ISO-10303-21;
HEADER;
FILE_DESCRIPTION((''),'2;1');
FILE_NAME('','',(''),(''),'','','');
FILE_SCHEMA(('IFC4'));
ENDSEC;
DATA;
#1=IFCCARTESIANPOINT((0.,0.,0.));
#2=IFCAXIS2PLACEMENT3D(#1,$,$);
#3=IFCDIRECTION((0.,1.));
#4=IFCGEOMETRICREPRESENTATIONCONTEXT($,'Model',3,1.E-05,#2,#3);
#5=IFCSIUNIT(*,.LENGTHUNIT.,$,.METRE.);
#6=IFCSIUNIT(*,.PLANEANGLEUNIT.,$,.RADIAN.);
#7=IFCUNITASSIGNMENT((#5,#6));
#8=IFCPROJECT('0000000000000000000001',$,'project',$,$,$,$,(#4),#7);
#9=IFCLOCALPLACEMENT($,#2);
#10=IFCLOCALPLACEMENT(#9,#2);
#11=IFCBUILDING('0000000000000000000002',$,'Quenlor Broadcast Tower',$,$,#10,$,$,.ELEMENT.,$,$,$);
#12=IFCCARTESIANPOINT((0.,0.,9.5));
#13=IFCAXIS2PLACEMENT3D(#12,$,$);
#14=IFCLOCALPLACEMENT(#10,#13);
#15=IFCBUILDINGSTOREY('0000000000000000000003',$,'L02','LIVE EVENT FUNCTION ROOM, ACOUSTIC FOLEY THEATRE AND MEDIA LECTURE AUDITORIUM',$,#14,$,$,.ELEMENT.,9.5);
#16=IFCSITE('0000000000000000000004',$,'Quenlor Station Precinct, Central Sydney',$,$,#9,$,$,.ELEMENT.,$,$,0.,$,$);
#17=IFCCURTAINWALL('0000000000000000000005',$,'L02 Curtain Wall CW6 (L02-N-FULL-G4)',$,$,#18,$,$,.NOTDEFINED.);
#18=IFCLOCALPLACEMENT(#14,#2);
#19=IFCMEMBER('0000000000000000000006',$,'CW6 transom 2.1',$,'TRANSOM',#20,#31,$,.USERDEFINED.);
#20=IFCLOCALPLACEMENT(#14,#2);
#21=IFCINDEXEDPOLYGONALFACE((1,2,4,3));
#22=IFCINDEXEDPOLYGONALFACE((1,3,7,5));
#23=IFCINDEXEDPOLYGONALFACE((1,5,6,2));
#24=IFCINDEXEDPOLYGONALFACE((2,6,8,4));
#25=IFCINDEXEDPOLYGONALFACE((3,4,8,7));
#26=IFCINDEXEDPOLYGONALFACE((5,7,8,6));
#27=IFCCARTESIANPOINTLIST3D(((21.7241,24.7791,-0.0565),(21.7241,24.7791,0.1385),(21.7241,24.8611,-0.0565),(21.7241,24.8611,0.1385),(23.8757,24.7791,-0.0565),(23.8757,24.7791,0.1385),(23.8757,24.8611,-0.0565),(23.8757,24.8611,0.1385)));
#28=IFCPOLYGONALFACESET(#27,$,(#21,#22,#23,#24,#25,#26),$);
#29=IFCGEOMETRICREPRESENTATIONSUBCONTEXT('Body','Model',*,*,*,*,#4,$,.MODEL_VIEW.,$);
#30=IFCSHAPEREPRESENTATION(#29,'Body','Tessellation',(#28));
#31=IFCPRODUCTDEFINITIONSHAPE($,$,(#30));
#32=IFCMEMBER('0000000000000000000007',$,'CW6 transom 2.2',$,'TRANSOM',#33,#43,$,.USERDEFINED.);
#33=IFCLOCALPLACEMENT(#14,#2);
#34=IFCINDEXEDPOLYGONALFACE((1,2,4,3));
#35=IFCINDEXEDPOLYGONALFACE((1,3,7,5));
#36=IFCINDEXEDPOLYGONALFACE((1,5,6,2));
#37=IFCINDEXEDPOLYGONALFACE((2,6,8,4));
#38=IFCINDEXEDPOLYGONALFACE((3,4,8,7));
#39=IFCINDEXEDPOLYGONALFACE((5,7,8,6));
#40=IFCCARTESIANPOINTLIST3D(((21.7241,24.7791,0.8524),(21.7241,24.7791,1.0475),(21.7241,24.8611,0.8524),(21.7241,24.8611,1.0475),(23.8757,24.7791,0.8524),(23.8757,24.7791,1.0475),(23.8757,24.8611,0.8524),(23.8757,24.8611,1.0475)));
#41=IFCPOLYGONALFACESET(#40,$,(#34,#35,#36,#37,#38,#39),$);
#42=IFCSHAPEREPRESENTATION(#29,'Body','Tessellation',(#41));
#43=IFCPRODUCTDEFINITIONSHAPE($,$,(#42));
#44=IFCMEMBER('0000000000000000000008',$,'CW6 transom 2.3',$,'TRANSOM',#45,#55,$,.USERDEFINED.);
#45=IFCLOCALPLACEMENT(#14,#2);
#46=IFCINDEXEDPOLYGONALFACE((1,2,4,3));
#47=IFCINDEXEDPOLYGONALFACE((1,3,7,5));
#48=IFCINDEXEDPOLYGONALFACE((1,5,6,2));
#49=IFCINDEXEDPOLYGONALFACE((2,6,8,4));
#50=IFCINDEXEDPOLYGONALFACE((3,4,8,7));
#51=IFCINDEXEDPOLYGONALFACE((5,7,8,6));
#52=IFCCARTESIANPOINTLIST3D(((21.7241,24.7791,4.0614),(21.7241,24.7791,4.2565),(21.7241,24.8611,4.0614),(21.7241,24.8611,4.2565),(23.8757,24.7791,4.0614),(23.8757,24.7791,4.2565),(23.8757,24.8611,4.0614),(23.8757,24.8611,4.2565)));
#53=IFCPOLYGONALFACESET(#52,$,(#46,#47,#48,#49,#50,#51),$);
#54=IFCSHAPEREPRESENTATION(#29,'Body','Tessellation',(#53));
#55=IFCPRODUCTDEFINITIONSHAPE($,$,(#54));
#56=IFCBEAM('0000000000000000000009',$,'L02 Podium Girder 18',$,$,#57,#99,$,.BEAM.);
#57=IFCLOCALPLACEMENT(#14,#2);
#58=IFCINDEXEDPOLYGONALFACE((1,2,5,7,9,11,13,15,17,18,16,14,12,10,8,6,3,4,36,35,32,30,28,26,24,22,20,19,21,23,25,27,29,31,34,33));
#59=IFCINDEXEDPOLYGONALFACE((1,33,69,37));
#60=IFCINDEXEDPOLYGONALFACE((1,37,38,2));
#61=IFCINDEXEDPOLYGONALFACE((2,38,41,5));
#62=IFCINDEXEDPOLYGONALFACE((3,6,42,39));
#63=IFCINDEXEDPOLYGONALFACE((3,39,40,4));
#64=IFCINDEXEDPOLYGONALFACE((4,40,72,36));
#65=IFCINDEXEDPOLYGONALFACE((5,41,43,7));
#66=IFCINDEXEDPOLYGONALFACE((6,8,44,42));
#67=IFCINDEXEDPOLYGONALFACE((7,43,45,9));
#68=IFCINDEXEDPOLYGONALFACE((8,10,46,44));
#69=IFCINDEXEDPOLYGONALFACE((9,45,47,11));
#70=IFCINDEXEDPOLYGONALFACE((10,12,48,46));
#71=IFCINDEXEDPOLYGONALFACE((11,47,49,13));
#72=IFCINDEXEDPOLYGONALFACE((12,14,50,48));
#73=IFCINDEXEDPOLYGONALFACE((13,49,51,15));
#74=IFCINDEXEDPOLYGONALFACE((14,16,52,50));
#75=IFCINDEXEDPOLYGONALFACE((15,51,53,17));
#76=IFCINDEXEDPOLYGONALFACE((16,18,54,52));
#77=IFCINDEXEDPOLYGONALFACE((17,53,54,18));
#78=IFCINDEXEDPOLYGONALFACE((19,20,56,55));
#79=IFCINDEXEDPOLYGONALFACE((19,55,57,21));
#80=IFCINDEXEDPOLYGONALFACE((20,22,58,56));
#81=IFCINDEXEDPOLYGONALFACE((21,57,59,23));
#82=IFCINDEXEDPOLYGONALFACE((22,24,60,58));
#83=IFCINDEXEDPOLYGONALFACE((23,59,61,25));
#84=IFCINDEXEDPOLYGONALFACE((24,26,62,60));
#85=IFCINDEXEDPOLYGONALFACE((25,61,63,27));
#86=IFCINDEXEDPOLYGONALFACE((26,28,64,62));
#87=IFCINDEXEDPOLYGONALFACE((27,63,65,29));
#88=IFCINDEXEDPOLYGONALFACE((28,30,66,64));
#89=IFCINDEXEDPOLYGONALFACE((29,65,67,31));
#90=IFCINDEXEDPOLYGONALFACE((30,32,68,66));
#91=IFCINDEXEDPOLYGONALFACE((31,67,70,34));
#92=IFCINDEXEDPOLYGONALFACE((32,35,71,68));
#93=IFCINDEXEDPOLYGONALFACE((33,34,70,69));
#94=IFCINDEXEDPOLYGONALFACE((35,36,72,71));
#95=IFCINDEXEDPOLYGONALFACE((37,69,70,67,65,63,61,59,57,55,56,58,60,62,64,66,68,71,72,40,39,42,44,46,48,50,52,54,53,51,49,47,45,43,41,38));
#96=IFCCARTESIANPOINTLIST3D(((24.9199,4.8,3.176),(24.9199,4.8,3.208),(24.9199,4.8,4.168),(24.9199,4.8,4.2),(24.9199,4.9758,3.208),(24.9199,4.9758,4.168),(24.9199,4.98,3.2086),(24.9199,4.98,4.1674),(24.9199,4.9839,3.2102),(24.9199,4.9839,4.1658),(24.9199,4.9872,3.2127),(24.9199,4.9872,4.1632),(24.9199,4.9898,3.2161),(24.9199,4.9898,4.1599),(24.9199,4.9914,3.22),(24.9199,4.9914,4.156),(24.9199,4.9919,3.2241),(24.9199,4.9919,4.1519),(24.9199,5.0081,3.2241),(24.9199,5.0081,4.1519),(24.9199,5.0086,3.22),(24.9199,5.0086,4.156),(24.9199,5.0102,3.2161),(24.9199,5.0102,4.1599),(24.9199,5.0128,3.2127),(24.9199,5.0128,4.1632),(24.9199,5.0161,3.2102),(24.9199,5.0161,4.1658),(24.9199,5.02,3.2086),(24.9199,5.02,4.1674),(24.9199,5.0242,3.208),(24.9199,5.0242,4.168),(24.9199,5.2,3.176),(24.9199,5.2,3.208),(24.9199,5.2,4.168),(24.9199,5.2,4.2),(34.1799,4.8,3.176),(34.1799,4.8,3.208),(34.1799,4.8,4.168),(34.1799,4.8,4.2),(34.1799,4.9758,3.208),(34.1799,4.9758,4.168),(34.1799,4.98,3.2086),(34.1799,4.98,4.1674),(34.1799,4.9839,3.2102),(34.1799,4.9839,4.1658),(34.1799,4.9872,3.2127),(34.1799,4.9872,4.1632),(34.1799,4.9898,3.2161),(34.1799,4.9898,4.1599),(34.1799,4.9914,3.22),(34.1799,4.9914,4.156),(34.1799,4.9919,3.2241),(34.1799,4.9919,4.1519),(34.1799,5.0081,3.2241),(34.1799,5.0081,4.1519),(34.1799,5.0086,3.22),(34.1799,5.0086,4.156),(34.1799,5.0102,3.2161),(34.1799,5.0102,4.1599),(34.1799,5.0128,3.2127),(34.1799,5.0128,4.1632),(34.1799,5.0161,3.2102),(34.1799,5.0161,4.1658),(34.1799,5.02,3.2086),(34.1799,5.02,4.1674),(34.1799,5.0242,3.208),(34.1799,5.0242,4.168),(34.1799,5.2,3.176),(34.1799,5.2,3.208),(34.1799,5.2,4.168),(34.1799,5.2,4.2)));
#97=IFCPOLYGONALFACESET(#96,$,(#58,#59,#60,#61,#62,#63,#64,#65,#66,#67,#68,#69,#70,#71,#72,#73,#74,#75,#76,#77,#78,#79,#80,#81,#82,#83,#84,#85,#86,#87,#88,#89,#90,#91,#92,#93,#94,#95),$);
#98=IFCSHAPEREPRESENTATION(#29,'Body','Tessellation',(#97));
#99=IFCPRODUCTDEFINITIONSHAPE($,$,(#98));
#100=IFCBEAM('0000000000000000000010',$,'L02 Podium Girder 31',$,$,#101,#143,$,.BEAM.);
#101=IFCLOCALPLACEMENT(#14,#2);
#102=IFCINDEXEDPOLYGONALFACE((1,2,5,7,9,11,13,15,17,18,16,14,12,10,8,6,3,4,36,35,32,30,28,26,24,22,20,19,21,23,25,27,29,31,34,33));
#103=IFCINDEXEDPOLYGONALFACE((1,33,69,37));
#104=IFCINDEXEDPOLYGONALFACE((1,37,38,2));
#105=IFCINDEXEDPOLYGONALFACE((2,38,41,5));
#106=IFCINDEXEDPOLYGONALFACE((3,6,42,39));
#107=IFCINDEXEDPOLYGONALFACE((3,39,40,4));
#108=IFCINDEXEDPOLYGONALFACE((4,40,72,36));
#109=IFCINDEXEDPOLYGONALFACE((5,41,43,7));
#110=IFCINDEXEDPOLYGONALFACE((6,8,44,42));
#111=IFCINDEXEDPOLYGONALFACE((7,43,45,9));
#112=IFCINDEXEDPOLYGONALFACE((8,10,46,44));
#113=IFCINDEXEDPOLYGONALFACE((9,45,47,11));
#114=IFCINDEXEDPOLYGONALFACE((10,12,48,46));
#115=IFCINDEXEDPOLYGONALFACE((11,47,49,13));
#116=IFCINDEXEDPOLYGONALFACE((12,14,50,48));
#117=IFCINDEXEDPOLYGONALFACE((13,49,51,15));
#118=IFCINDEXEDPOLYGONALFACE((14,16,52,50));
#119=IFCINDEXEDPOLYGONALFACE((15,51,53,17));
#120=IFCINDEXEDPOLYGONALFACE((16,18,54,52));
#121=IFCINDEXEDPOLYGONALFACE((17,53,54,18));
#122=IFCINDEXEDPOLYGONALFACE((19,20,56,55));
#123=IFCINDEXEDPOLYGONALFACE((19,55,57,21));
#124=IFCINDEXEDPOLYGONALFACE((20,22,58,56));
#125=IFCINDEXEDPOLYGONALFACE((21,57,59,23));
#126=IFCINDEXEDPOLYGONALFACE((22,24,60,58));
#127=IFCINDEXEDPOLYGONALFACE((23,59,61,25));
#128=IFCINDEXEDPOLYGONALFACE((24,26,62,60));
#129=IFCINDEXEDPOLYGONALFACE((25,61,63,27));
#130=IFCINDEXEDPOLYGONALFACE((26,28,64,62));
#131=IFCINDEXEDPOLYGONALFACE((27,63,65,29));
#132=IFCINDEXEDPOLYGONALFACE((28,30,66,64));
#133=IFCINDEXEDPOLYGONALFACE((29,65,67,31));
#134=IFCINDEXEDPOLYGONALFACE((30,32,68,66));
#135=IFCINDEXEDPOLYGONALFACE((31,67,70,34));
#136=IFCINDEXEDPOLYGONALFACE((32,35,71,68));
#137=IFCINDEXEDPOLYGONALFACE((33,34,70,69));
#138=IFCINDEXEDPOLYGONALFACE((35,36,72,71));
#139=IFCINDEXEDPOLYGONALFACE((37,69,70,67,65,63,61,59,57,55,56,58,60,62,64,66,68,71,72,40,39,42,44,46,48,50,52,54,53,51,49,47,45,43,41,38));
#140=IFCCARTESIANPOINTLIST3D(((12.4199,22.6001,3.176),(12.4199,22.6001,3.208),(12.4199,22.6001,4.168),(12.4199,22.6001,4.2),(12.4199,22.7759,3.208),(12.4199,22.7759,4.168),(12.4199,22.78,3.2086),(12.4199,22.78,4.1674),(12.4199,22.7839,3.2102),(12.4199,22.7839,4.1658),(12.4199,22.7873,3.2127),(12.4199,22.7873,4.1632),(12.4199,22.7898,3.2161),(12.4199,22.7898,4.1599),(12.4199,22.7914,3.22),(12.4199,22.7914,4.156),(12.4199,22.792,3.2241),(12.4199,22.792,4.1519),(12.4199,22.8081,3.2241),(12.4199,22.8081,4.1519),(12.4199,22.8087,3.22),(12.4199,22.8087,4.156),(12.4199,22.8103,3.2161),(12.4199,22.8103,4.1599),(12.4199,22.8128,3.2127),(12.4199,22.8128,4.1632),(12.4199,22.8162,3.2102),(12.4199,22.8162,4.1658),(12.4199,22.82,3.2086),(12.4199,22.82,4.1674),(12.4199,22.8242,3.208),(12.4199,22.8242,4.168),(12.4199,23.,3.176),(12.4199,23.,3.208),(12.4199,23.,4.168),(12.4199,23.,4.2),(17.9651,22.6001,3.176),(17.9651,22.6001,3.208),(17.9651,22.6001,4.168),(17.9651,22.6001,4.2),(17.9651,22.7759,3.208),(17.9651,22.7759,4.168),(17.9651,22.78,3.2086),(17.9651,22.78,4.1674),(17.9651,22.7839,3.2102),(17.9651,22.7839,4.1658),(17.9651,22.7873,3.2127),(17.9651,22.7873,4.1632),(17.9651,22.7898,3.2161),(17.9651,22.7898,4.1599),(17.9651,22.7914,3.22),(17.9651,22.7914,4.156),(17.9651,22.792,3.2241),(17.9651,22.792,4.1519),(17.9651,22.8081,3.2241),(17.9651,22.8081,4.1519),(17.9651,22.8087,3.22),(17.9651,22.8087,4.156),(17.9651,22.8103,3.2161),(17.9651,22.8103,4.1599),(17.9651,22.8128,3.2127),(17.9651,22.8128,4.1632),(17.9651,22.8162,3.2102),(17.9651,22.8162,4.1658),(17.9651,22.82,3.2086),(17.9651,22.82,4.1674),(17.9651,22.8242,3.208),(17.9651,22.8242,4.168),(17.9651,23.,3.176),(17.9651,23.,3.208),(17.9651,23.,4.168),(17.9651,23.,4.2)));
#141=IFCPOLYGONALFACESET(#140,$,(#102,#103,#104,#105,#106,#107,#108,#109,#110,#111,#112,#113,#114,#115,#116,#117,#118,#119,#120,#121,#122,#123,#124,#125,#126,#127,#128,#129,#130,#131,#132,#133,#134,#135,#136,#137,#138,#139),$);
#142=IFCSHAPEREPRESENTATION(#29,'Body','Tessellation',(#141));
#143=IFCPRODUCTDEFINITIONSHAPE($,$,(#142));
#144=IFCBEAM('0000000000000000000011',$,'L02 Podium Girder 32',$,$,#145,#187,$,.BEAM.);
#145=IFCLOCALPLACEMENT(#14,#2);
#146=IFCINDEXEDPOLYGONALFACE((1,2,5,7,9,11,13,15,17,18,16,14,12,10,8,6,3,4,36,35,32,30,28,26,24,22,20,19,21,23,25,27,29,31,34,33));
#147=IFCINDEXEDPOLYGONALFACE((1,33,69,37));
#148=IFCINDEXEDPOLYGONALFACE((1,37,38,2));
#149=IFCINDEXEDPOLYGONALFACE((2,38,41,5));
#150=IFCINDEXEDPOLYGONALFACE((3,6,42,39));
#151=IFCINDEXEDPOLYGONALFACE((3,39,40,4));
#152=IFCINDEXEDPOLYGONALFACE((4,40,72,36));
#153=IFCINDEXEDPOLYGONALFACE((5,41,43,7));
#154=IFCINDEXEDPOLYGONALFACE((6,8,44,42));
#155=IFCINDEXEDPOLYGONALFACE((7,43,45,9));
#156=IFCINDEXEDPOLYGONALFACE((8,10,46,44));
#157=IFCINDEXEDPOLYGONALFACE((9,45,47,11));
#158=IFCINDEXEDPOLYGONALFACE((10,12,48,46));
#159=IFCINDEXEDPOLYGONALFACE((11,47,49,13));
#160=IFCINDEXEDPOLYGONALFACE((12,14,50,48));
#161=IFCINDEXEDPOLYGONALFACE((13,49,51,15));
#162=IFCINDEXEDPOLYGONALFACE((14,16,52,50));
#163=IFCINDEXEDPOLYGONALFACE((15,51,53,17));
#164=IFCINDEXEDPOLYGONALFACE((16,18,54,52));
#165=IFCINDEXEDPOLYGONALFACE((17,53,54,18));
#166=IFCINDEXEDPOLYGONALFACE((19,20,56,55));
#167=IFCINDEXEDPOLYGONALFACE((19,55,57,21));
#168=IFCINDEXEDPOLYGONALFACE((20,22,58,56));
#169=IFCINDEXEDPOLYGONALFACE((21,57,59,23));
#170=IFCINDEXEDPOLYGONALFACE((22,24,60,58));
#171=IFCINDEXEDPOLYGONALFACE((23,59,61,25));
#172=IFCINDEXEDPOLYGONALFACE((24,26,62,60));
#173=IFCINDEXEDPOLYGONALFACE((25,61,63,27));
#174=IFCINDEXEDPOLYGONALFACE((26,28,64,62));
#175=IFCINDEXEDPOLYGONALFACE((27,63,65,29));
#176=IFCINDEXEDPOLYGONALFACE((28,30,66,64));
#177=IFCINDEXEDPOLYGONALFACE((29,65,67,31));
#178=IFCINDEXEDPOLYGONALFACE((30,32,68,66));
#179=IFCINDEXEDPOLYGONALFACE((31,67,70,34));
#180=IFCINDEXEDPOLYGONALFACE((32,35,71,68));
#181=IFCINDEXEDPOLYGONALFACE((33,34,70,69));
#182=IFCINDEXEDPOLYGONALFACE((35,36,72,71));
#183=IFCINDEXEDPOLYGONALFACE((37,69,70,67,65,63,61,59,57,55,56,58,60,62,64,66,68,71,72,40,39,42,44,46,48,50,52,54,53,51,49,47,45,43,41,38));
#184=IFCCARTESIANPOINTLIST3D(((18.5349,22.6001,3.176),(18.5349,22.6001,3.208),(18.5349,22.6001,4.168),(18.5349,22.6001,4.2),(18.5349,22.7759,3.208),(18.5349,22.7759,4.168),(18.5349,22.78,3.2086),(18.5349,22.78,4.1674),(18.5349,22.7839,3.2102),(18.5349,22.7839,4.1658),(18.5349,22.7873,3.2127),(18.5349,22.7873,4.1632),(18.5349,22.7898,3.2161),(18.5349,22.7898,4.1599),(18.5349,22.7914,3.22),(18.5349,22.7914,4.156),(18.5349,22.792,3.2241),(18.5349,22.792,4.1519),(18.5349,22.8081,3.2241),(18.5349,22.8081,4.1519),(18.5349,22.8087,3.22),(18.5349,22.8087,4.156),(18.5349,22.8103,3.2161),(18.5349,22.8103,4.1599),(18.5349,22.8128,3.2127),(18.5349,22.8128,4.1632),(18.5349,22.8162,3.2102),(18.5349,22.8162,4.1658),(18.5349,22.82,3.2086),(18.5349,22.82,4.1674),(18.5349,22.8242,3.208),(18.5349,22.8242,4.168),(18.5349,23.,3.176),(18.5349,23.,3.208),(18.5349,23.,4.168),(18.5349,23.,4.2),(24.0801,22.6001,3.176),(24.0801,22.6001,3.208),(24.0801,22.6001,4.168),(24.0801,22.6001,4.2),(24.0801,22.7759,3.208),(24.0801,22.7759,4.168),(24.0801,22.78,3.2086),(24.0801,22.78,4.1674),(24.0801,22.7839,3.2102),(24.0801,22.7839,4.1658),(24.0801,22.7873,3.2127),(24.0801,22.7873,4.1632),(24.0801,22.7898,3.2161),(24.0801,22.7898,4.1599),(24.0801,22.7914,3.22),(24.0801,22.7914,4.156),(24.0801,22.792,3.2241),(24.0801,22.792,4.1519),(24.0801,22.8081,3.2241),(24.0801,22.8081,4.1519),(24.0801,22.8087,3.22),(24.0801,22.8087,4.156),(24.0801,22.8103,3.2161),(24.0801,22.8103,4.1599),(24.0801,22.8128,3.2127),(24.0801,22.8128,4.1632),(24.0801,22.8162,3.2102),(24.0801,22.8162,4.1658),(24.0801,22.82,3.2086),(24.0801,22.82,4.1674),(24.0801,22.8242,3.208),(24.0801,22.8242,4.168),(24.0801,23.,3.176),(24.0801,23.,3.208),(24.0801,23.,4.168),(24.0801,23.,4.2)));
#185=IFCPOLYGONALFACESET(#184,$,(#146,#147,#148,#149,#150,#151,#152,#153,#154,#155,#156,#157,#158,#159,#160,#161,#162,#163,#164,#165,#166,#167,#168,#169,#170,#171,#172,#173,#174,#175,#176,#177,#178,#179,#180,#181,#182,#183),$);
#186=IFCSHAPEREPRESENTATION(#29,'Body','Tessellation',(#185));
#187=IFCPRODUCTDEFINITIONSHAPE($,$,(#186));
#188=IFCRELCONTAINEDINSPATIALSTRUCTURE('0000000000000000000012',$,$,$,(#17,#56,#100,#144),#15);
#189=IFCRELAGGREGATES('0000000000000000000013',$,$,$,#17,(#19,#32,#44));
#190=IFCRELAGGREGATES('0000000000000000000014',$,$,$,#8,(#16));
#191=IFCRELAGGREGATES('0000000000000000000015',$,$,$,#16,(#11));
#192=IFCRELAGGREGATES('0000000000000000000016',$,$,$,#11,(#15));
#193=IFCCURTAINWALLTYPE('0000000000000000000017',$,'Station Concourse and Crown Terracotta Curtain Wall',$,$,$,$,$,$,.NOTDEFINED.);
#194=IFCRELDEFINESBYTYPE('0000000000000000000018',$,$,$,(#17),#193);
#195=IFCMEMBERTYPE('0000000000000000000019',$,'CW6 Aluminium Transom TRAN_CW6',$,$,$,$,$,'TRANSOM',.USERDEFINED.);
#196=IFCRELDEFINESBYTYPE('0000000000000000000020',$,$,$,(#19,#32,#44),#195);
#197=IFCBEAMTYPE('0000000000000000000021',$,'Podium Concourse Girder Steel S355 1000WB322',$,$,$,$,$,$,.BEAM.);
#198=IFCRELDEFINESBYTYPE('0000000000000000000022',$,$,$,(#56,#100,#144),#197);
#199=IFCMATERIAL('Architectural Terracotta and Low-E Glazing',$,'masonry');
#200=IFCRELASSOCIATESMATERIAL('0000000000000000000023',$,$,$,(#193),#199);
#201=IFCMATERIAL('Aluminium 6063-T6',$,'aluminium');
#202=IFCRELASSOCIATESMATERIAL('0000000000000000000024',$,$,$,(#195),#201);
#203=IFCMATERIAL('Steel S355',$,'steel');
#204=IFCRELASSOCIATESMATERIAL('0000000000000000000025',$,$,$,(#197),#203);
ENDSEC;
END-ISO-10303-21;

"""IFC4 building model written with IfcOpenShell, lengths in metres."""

from ifc_helpers import new_model, si_unit, direction, frame, origin, origin_2d, place, context, subcontext, project, spatial, rectangle, i_section, extrude, material, material_profile, profile_set, type_object, element, aggregate, save


model = new_model("IFC4")

# Units and contexts
model_context = context("Model", 3, precision=1e-05, world=origin(), true_north=direction((0.0, 1.0)))
body_context = subcontext(model_context, "Body", "Model", "MODEL_VIEW")
ifc_project = project(units=[si_unit("LENGTHUNIT", "METRE"), si_unit("PLANEANGLEUNIT", "RADIAN")], contexts=[model_context])

# Site, building, storey
site_placement = place(None, origin())
site = spatial("IfcSite", under=ifc_project, at=site_placement, Name="Quenlor Station Precinct, Central Sydney", CompositionType="ELEMENT", RefElevation=0.0)
building_placement = place(site_placement, origin())
building = spatial("IfcBuilding", under=site, at=building_placement, Name="Quenlor Broadcast Tower", CompositionType="ELEMENT")
storey_placement = place(building_placement, frame((0.0, 0.0, 9.5)))
storey = spatial("IfcBuildingStorey", under=building, at=storey_placement, Name="L02", Description="LIVE EVENT FUNCTION ROOM, ACOUSTIC FOLEY THEATRE AND MEDIA LECTURE AUDITORIUM", CompositionType="ELEMENT", Elevation=9.5)

# Shared definitions
ifc_material_1 = material(Name="Architectural Terracotta and Low-E Glazing", Category="masonry")
curtain_wall_type = type_object("IfcCurtainWallType", Name="Station Concourse and Crown Terracotta Curtain Wall", PredefinedType="NOTDEFINED", material=ifc_material_1)

# Curtain wall, members
curtain_wall_1_placement = place(storey_placement, origin())
curtain_wall_1 = element("IfcCurtainWall", 1, at=curtain_wall_1_placement, inside=storey, type_object=curtain_wall_type, Name="L02 Curtain Wall CW6 (L02-N-FULL-G4)", PredefinedType="NOTDEFINED")
ifc_material_2 = material(Name="Aluminium 6063-T6", Category="aluminium")
ifc_material_profile_1 = material_profile(ifc_material_2, rectangle(XDim=0.082, YDim=0.1951, at=origin_2d()))
ifc_profile_set_1 = profile_set([ifc_material_profile_1], Name="Aluminium 6063-T6 TRAN82x195")
member_type_1 = type_object("IfcMemberType", Name="CW6 Aluminium Transom TRAN_CW6", ElementType="TRANSOM", PredefinedType="USERDEFINED", material=ifc_profile_set_1)
member_1_placement = place(storey_placement, frame((21.7241, 24.8201, 0.041), z_axis=(1.0, 0.0, 0.0), x_axis=(0.0, 1.0, 0.0)))
member_1 = element("IfcMember", 2, at=member_1_placement, type_object=member_type_1, Name="CW6 transom 2.1", ObjectType="TRANSOM", PredefinedType="USERDEFINED", context=body_context, shape_type="SweptSolid", body=[
    extrude(rectangle(XDim=0.082, YDim=0.1951, at=origin_2d()), origin(), (0.0, 0.0, 1.0), 2.1516),
])
member_2_placement = place(storey_placement, frame((21.7241, 24.8201, 0.95), z_axis=(1.0, 0.0, 0.0), x_axis=(0.0, 1.0, 0.0)))
member_2 = element("IfcMember", 3, at=member_2_placement, type_object=member_type_1, Name="CW6 transom 2.2", ObjectType="TRANSOM", PredefinedType="USERDEFINED", context=body_context, shape_type="SweptSolid", body=[
    extrude(rectangle(XDim=0.082, YDim=0.1951, at=origin_2d()), origin(), (0.0, 0.0, 1.0), 2.1516),
])
member_3_placement = place(storey_placement, frame((21.7241, 24.8201, 4.1589), z_axis=(1.0, 0.0, 0.0), x_axis=(0.0, 1.0, 0.0)))
member_3 = element("IfcMember", 4, at=member_3_placement, type_object=member_type_1, Name="CW6 transom 2.3", ObjectType="TRANSOM", PredefinedType="USERDEFINED", context=body_context, shape_type="SweptSolid", body=[
    extrude(rectangle(XDim=0.082, YDim=0.1951, at=origin_2d()), origin(), (0.0, 0.0, 1.0), 2.1516),
])

# Beams
ifc_material_3 = material(Name="Steel S355", Category="steel")
ifc_material_profile_2 = material_profile(ifc_material_3, i_section(OverallWidth=0.3999, OverallDepth=1.0239, WebThickness=0.0161, FlangeThickness=0.032, FilletRadius=0.0161, at=origin_2d()))
ifc_profile_set_2 = profile_set([ifc_material_profile_2], Name="Steel S355 1000WB322")
beam_type_1 = type_object("IfcBeamType", Name="Podium Concourse Girder Steel S355 1000WB322", PredefinedType="BEAM", material=ifc_profile_set_2)
beam_1_placement = place(storey_placement, frame((24.9199, 5.0, 3.688), z_axis=(1.0, 0.0, 0.0), x_axis=(0.0, 1.0, 0.0)))
element("IfcBeam", 5, at=beam_1_placement, inside=storey, type_object=beam_type_1, Name="L02 Podium Girder 18", PredefinedType="BEAM", context=body_context, shape_type="SweptSolid", body=[
    extrude(i_section(OverallWidth=0.3999, OverallDepth=1.0239, WebThickness=0.0161, FlangeThickness=0.032, FilletRadius=0.0161, at=origin_2d()), origin(), (0.0, 0.0, 1.0), 9.26),
])
for number, where, z_axis, x_axis, name in (
    (6, (12.4199, 22.8, 3.688), (1.0, 0.0, 0.0), (0.0, 1.0, 0.0), "L02 Podium Girder 31"),
    (7, (18.5349, 22.8, 3.688), (1.0, 0.0, 0.0), (0.0, 1.0, 0.0), "L02 Podium Girder 32"),
):
    element("IfcBeam", number, at=place(storey_placement, frame(where, z_axis=z_axis, x_axis=x_axis)), inside=storey, type_object=beam_type_1, Name=name, PredefinedType="BEAM", context=body_context, shape_type="SweptSolid", body=[
        extrude(i_section(OverallWidth=0.3999, OverallDepth=1.0239, WebThickness=0.0161, FlangeThickness=0.032, FilletRadius=0.0161, at=origin_2d()), origin(), (0.0, 0.0, 1.0), 5.5452),
    ])

aggregate(curtain_wall_1, [member_1, member_2, member_3])

save(model, "model.ifc")
